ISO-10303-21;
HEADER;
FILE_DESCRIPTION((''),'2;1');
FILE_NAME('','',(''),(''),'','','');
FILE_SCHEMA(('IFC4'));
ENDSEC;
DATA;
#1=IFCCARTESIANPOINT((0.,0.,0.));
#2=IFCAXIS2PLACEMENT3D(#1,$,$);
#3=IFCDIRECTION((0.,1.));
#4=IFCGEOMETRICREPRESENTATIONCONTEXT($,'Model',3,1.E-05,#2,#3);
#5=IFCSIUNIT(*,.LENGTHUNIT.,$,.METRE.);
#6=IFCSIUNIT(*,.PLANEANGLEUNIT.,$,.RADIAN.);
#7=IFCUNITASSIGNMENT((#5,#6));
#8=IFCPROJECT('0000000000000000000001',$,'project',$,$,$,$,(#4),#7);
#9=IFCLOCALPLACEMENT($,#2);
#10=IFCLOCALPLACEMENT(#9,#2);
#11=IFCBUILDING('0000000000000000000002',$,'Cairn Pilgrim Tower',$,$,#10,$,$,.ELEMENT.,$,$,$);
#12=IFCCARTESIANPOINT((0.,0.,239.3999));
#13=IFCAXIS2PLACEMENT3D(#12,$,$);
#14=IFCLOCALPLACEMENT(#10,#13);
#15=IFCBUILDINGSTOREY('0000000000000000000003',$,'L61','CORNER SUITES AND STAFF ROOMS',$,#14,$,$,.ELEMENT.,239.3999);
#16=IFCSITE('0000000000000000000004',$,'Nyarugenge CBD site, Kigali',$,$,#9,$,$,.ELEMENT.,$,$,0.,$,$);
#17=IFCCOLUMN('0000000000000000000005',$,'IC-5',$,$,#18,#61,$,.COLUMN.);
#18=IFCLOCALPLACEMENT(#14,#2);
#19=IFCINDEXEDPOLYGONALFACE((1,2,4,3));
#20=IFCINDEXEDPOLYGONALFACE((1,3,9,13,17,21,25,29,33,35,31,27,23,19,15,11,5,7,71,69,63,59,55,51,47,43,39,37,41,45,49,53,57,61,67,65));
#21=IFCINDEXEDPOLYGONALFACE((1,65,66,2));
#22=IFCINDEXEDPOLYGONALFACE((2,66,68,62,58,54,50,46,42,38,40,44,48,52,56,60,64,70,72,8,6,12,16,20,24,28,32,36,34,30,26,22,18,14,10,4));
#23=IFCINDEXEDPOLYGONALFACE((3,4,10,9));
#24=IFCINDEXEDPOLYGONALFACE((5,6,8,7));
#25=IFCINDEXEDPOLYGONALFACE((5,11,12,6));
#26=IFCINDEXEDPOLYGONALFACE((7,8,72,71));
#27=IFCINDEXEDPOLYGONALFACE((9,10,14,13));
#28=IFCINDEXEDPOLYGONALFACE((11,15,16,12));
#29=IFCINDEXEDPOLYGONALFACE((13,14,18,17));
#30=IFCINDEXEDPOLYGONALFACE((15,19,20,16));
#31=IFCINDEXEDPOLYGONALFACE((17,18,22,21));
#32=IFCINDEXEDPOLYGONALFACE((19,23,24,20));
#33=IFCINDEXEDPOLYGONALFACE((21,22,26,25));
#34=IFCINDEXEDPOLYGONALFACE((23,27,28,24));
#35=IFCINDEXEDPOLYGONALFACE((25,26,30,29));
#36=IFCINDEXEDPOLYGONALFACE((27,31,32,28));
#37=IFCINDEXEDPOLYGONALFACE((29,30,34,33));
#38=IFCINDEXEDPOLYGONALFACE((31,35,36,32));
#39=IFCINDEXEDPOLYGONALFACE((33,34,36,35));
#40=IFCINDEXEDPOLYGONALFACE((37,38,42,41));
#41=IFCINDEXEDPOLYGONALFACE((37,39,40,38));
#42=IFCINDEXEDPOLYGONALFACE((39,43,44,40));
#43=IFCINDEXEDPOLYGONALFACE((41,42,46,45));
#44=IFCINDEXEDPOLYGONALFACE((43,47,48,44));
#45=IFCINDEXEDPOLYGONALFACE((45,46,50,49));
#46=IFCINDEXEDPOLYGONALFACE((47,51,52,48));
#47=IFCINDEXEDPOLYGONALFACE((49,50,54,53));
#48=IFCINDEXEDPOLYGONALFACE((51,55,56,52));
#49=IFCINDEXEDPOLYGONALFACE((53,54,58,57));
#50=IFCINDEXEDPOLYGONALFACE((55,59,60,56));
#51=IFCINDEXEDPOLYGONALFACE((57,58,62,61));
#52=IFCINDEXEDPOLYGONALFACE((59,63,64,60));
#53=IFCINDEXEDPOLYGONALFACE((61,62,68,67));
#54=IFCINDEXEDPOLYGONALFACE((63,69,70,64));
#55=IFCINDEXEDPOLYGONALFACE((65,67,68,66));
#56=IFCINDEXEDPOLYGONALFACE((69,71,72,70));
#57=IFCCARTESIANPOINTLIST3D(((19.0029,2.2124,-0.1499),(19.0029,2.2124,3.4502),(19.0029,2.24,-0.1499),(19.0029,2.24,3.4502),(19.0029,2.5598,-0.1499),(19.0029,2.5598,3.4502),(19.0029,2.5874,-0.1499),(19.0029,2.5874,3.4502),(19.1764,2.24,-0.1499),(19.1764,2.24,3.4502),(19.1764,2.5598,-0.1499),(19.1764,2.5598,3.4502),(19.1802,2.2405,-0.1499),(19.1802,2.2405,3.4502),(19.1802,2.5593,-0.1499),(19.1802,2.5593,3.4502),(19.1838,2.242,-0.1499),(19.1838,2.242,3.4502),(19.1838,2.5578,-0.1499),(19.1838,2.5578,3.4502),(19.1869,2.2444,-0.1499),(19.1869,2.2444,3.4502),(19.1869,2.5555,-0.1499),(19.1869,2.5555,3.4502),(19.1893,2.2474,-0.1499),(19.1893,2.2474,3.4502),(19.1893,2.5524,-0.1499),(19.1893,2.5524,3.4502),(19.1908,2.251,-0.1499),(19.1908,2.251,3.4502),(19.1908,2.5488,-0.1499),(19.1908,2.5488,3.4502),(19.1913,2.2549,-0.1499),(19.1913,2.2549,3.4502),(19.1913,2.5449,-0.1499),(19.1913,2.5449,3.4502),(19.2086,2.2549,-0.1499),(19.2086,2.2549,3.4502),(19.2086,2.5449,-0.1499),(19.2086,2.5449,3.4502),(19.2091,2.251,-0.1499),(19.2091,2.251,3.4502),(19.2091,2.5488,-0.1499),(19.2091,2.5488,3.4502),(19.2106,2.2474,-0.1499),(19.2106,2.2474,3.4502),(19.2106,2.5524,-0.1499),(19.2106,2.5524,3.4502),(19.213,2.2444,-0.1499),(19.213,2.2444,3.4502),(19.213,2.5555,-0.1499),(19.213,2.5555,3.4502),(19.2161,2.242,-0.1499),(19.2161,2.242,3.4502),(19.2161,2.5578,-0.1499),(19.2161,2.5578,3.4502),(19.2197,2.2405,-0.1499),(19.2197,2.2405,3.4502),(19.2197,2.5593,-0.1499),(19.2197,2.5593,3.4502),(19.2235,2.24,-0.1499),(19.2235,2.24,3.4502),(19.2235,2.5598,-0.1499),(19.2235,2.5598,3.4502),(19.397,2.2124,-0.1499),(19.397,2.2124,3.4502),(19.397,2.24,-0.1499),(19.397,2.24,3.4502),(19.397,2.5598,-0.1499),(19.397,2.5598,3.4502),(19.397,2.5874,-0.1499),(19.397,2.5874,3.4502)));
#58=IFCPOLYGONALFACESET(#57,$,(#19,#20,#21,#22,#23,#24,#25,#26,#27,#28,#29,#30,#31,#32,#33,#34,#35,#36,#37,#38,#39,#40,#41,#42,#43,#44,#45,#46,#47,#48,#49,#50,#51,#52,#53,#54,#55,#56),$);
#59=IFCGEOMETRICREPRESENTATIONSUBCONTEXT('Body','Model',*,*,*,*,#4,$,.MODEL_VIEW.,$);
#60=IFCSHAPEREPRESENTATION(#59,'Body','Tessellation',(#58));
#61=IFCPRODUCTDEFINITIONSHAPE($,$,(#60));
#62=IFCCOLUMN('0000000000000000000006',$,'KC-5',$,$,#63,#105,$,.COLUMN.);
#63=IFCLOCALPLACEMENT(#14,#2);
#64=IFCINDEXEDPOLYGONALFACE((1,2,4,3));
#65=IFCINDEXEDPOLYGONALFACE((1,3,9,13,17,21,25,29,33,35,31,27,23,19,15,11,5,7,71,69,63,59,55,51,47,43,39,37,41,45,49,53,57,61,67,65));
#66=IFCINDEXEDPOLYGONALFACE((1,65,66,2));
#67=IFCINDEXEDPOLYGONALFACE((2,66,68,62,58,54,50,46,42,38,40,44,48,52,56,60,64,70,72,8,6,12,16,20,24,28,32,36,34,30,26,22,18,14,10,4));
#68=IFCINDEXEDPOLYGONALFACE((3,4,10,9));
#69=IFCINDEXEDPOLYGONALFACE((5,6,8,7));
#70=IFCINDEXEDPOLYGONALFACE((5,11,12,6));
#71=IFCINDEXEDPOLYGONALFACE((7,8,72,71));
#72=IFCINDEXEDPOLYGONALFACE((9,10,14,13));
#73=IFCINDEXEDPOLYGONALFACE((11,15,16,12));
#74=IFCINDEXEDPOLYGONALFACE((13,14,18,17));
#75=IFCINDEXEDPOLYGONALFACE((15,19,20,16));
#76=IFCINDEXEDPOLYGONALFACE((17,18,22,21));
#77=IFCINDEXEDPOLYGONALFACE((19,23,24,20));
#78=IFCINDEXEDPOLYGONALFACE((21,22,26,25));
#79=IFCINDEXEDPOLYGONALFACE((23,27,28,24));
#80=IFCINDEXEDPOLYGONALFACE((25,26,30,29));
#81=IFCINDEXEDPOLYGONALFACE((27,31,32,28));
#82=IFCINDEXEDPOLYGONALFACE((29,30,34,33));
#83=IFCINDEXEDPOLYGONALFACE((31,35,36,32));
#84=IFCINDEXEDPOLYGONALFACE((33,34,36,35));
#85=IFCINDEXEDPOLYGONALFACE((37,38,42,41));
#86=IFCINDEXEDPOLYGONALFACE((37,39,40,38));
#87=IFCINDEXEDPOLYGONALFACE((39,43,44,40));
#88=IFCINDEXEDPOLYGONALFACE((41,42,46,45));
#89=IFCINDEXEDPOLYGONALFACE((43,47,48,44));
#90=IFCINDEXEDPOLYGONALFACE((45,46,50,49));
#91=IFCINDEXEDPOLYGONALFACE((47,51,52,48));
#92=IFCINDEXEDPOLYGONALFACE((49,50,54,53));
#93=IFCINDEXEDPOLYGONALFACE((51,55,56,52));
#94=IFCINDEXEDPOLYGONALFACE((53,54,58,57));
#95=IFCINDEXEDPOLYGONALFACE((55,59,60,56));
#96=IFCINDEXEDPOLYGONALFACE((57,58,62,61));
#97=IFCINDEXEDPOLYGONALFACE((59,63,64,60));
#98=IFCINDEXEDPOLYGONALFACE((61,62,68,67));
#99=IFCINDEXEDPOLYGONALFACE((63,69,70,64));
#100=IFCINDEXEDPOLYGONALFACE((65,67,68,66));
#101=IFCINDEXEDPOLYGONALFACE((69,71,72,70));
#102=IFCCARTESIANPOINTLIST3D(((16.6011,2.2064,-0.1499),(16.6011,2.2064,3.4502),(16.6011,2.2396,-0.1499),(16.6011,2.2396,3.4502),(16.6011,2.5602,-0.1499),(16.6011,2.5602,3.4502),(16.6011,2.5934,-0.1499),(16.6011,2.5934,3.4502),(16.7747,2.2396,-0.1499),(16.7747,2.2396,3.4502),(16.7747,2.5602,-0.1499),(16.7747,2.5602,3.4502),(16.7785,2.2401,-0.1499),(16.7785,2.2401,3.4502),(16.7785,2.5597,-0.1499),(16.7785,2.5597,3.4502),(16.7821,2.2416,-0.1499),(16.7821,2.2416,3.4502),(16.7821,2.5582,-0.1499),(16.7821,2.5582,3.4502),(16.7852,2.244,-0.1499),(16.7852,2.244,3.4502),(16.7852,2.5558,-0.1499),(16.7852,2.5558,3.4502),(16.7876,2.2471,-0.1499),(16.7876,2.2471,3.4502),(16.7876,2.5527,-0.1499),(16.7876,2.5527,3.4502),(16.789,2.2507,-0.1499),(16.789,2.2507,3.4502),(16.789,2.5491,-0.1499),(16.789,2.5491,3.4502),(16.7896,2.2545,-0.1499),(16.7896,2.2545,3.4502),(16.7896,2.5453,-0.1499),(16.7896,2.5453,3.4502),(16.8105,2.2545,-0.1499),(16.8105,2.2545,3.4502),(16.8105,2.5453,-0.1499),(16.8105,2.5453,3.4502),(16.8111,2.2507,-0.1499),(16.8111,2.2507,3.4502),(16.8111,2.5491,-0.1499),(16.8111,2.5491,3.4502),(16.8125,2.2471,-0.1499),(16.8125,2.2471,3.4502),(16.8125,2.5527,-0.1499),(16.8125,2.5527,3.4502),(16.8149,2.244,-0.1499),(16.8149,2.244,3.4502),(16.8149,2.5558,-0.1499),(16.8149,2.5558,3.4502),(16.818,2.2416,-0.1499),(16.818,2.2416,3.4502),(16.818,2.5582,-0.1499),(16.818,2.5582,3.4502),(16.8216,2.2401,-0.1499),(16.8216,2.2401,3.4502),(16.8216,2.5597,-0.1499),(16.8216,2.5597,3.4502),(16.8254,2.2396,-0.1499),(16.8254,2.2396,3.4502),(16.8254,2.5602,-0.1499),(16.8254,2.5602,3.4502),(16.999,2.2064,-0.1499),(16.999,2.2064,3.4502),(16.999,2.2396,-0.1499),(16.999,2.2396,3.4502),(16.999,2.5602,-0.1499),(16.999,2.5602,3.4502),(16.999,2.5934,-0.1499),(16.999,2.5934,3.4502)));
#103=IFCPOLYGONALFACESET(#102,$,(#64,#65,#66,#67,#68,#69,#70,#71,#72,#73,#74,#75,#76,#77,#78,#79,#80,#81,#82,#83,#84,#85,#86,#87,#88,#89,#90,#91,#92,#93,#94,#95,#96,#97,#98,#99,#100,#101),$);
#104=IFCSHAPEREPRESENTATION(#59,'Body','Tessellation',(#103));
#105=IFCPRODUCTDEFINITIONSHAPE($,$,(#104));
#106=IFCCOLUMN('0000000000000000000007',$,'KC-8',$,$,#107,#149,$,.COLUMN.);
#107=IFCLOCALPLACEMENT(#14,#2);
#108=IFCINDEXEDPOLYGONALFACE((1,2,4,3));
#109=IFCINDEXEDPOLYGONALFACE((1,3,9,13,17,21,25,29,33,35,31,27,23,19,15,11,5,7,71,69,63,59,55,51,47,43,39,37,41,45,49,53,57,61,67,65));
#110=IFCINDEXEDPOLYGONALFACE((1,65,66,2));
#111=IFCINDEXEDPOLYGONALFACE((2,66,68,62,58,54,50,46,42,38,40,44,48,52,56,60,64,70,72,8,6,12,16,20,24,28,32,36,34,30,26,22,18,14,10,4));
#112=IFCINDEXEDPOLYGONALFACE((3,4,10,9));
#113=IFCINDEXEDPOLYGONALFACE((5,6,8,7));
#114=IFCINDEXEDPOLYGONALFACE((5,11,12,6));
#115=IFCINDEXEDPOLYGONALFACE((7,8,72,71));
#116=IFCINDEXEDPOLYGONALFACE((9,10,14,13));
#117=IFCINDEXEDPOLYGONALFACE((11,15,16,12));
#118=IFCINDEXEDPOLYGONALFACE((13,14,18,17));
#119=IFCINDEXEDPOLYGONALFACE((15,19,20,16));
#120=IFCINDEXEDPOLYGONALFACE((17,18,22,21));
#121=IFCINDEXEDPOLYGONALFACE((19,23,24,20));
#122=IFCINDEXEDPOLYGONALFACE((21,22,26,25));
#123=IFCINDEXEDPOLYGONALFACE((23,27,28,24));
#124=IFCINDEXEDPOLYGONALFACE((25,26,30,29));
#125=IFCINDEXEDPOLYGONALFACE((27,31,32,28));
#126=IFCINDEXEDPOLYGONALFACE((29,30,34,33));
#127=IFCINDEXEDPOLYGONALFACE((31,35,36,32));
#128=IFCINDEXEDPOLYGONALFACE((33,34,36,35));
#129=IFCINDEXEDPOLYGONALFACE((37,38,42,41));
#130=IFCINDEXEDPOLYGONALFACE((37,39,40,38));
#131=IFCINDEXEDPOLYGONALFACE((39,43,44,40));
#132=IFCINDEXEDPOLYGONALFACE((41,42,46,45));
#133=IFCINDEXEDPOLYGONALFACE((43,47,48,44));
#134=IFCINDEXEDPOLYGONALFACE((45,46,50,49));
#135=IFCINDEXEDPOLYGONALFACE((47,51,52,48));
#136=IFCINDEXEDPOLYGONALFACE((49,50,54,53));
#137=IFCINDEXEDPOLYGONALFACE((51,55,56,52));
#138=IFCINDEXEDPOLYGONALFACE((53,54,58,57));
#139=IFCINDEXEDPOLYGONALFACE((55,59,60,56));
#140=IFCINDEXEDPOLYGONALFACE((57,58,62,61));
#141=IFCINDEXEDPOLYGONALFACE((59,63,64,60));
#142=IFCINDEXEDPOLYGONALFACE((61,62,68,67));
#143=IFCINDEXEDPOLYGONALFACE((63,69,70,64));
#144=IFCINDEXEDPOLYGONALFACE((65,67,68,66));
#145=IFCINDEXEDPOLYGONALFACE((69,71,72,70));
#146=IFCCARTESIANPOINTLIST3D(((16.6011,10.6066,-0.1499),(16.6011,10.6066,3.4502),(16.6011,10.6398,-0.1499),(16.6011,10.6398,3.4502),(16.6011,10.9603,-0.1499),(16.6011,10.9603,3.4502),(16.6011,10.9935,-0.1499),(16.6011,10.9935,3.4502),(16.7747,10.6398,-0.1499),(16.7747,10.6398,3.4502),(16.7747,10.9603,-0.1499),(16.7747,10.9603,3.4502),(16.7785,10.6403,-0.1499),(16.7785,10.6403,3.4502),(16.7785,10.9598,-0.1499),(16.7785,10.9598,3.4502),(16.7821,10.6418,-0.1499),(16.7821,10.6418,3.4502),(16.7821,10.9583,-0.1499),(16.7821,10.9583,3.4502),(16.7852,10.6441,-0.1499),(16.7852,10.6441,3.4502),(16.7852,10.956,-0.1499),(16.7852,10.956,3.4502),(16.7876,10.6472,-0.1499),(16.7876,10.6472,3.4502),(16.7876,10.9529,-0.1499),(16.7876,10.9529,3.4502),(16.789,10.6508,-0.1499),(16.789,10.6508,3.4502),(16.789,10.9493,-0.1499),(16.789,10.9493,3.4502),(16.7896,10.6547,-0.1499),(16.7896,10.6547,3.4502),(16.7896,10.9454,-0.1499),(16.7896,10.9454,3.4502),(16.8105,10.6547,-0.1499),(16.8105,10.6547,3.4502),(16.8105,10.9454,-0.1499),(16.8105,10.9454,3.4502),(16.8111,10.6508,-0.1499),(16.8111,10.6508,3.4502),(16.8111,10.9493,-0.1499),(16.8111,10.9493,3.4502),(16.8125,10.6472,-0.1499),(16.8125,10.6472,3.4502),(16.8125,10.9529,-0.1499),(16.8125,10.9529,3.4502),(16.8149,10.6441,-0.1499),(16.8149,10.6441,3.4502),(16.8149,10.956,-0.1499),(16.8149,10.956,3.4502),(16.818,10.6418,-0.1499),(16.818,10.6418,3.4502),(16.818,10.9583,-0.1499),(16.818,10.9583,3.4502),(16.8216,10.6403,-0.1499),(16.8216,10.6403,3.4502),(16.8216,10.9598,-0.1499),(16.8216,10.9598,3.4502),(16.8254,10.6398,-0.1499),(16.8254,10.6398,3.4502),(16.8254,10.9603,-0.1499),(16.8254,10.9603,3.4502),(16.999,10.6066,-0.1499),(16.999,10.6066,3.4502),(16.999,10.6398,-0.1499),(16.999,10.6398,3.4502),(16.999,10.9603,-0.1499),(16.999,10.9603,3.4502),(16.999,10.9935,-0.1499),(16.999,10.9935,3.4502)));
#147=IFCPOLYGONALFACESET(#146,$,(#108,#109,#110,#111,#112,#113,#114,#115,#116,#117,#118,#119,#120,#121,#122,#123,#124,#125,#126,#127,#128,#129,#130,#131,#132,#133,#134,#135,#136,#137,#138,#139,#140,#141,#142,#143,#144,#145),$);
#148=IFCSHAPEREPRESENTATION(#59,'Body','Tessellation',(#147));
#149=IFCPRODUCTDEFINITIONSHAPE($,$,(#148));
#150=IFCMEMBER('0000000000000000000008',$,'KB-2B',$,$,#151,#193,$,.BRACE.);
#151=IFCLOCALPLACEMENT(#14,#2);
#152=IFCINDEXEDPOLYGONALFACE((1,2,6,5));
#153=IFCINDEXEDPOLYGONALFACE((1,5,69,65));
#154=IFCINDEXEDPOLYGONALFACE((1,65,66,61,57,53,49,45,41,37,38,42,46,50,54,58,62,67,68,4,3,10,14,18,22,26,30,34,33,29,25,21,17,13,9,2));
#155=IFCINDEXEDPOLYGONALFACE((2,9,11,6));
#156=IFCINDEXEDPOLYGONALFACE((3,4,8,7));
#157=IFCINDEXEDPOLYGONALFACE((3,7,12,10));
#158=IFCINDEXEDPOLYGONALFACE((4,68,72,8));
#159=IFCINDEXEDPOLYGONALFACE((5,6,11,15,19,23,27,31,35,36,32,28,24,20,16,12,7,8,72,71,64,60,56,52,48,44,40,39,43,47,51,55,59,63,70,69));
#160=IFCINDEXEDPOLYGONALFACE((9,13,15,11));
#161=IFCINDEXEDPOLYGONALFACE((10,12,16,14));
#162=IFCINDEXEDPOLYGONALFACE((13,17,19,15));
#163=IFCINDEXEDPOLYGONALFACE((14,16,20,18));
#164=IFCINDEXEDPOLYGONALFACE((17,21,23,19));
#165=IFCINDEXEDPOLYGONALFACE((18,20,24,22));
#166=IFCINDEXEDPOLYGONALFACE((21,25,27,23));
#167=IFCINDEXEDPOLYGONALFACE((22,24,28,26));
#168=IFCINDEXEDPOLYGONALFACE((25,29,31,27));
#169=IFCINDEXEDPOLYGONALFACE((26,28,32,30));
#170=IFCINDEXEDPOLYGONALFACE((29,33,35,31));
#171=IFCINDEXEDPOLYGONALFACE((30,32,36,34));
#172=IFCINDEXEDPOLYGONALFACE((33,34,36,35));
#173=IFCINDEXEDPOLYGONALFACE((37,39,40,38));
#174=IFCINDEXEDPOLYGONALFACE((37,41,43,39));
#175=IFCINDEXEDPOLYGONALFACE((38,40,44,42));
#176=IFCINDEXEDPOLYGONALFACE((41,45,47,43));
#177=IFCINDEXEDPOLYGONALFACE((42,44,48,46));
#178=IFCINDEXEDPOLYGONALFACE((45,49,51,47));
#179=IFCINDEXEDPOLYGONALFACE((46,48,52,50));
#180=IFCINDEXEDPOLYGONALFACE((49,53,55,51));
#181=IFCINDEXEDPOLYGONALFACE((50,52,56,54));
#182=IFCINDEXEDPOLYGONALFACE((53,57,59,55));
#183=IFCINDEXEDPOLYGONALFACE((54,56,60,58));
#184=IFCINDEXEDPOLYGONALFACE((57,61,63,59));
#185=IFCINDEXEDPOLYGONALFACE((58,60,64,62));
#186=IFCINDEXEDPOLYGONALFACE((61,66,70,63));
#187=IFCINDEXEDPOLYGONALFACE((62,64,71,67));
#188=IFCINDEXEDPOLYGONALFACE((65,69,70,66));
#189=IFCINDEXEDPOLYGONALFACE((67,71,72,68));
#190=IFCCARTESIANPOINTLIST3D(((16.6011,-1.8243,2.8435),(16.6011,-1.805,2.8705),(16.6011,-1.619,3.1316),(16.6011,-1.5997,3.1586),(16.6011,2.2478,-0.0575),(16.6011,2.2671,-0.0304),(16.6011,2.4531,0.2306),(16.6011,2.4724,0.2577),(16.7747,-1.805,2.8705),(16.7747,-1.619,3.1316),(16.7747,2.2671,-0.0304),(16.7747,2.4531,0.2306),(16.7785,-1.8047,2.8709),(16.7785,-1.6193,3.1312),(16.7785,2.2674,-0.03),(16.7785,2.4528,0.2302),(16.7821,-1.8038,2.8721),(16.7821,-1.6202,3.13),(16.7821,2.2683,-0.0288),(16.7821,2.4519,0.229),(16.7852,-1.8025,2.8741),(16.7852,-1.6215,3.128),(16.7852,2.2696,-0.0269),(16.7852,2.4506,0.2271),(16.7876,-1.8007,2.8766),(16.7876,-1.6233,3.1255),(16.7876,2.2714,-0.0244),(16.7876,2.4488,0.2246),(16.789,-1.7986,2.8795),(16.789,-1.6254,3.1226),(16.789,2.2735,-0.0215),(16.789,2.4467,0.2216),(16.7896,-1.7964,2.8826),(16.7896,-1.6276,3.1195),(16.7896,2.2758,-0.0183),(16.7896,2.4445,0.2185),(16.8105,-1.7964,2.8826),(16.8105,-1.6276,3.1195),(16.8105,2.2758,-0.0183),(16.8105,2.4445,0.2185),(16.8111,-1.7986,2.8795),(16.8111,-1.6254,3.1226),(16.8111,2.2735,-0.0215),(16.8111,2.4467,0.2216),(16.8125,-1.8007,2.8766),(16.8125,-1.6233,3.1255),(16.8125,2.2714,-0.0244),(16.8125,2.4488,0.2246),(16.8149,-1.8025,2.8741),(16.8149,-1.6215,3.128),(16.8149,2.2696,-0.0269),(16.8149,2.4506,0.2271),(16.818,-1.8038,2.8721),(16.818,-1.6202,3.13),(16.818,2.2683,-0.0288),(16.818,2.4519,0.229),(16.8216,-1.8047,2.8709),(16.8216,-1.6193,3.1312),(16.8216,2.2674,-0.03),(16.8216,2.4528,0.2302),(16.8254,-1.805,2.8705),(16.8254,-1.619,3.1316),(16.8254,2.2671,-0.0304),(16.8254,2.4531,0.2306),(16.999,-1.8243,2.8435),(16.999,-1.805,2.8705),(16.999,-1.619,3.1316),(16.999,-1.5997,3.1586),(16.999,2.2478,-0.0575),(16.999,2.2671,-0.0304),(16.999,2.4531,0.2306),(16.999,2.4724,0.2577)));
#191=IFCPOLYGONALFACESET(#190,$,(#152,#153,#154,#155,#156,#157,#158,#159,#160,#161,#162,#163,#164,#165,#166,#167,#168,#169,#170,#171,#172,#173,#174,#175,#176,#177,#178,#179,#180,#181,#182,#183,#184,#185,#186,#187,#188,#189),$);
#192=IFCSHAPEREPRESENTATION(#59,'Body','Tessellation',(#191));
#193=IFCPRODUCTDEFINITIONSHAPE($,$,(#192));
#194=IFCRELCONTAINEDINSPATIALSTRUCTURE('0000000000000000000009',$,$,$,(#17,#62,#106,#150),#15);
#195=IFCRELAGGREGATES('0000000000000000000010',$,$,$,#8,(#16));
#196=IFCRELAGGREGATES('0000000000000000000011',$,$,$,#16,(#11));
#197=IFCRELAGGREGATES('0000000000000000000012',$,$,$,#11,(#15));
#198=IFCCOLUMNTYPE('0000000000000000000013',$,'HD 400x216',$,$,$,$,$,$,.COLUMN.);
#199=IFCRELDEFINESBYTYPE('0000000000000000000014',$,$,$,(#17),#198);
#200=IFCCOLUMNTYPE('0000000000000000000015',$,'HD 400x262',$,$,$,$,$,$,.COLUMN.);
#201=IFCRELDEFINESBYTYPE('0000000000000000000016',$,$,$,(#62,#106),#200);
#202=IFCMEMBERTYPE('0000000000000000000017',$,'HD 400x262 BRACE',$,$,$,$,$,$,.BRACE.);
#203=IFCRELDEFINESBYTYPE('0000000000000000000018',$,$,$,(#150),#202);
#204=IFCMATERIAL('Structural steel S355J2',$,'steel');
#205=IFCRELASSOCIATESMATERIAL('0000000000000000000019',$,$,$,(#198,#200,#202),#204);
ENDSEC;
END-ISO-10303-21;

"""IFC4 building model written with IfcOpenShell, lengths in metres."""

from ifc_helpers import new_model, si_unit, direction, frame, origin, origin_2d, place, context, subcontext, project, spatial, i_section, extrude, material, material_profile, profile_set, type_object, element, save


model = new_model("IFC4")

# Units and contexts
model_context = context("Model", 3, precision=1e-05, world=origin(), true_north=direction((0.0, 1.0)))
body_context = subcontext(model_context, "Body", "Model", "MODEL_VIEW")
ifc_project = project(units=[si_unit("LENGTHUNIT", "METRE"), si_unit("PLANEANGLEUNIT", "RADIAN")], contexts=[model_context])

# Site, building, storey
site_placement = place(None, origin())
site = spatial("IfcSite", under=ifc_project, at=site_placement, Name="Nyarugenge CBD site, Kigali", CompositionType="ELEMENT", RefElevation=0.0)
building_placement = place(site_placement, origin())
building = spatial("IfcBuilding", under=site, at=building_placement, Name="Cairn Pilgrim Tower", CompositionType="ELEMENT")
storey_placement = place(building_placement, frame((0.0, 0.0, 239.3999)))
storey = spatial("IfcBuildingStorey", under=building, at=storey_placement, Name="L61", Description="CORNER SUITES AND STAFF ROOMS", CompositionType="ELEMENT", Elevation=239.3999)

# Columns
ifc_material_1 = material(Name="Structural steel S355J2", Category="steel")
ifc_material_profile_1 = material_profile(ifc_material_1, i_section(OverallWidth=0.394, OverallDepth=0.375, WebThickness=0.0173, FlangeThickness=0.0276, FilletRadius=0.0149, at=origin_2d()), Name="HD 400x216")
ifc_profile_set_1 = profile_set([ifc_material_profile_1], Name="Structural steel S355J2")
column_type_1 = type_object("IfcColumnType", Name="HD 400x216", PredefinedType="COLUMN", material=ifc_profile_set_1)
column_placement = place(storey_placement, frame((19.2, 2.3999, -0.1499), z_axis=(0.0, 0.0, 1.0), x_axis=(1.0, 0.0, 0.0)))
element("IfcColumn", 1, at=column_placement, inside=storey, type_object=column_type_1, Name="IC-5", PredefinedType="COLUMN", context=body_context, shape_type="SweptSolid", body=[
    extrude(i_section(OverallWidth=0.394, OverallDepth=0.375, WebThickness=0.0173, FlangeThickness=0.0276, FilletRadius=0.0149, at=origin_2d()), origin(), (0.0, 0.0, 1.0), 3.6001),
])
ifc_material_profile_2 = material_profile(ifc_material_1, i_section(OverallWidth=0.3979, OverallDepth=0.387, WebThickness=0.021, FlangeThickness=0.0332, FilletRadius=0.0149, at=origin_2d()), Name="HD 400x262")
ifc_profile_set_2 = profile_set([ifc_material_profile_2], Name="Structural steel S355J2")
column_type_2 = type_object("IfcColumnType", Name="HD 400x262", PredefinedType="COLUMN", material=ifc_profile_set_2)
for number, where, z_axis, x_axis, name in (
    (2, (16.8, 2.3999, -0.1499), (0.0, 0.0, 1.0), (1.0, 0.0, 0.0), "KC-5"),
    (3, (16.8, 10.8, -0.1499), (0.0, 0.0, 1.0), (1.0, 0.0, 0.0), "KC-8"),
):
    element("IfcColumn", number, at=place(storey_placement, frame(where, z_axis=z_axis, x_axis=x_axis)), inside=storey, type_object=column_type_2, Name=name, PredefinedType="COLUMN", context=body_context, shape_type="SweptSolid", body=[
        extrude(i_section(OverallWidth=0.3979, OverallDepth=0.387, WebThickness=0.021, FlangeThickness=0.0332, FilletRadius=0.0149, at=origin_2d()), origin(), (0.0, 0.0, 1.0), 3.6001),
    ])

# Member
ifc_material_profile_3 = material_profile(ifc_material_1, i_section(OverallWidth=0.3979, OverallDepth=0.387, WebThickness=0.021, FlangeThickness=0.0332, FilletRadius=0.0149, at=origin_2d()), Name="HD 400x262")
ifc_profile_set_3 = profile_set([ifc_material_profile_3], Name="Structural steel S355J2")
member_type = type_object("IfcMemberType", Name="HD 400x262 BRACE", PredefinedType="BRACE", material=ifc_profile_set_3)
member_1_placement = place(storey_placement, frame((16.8, 2.3601, 0.1001), z_axis=(0.0, -0.814462, 0.580217), x_axis=(1.0, 0.0, 0.0)))
element("IfcMember", 4, at=member_1_placement, inside=storey, type_object=member_type, Name="KB-2B", PredefinedType="BRACE", context=body_context, shape_type="SweptSolid", body=[
    extrude(i_section(OverallWidth=0.3979, OverallDepth=0.387, WebThickness=0.021, FlangeThickness=0.0332, FilletRadius=0.0149, at=origin_2d()), origin(), (0.0, 0.0, 1.0), 4.9998),
])

save(model, "model.ifc")
